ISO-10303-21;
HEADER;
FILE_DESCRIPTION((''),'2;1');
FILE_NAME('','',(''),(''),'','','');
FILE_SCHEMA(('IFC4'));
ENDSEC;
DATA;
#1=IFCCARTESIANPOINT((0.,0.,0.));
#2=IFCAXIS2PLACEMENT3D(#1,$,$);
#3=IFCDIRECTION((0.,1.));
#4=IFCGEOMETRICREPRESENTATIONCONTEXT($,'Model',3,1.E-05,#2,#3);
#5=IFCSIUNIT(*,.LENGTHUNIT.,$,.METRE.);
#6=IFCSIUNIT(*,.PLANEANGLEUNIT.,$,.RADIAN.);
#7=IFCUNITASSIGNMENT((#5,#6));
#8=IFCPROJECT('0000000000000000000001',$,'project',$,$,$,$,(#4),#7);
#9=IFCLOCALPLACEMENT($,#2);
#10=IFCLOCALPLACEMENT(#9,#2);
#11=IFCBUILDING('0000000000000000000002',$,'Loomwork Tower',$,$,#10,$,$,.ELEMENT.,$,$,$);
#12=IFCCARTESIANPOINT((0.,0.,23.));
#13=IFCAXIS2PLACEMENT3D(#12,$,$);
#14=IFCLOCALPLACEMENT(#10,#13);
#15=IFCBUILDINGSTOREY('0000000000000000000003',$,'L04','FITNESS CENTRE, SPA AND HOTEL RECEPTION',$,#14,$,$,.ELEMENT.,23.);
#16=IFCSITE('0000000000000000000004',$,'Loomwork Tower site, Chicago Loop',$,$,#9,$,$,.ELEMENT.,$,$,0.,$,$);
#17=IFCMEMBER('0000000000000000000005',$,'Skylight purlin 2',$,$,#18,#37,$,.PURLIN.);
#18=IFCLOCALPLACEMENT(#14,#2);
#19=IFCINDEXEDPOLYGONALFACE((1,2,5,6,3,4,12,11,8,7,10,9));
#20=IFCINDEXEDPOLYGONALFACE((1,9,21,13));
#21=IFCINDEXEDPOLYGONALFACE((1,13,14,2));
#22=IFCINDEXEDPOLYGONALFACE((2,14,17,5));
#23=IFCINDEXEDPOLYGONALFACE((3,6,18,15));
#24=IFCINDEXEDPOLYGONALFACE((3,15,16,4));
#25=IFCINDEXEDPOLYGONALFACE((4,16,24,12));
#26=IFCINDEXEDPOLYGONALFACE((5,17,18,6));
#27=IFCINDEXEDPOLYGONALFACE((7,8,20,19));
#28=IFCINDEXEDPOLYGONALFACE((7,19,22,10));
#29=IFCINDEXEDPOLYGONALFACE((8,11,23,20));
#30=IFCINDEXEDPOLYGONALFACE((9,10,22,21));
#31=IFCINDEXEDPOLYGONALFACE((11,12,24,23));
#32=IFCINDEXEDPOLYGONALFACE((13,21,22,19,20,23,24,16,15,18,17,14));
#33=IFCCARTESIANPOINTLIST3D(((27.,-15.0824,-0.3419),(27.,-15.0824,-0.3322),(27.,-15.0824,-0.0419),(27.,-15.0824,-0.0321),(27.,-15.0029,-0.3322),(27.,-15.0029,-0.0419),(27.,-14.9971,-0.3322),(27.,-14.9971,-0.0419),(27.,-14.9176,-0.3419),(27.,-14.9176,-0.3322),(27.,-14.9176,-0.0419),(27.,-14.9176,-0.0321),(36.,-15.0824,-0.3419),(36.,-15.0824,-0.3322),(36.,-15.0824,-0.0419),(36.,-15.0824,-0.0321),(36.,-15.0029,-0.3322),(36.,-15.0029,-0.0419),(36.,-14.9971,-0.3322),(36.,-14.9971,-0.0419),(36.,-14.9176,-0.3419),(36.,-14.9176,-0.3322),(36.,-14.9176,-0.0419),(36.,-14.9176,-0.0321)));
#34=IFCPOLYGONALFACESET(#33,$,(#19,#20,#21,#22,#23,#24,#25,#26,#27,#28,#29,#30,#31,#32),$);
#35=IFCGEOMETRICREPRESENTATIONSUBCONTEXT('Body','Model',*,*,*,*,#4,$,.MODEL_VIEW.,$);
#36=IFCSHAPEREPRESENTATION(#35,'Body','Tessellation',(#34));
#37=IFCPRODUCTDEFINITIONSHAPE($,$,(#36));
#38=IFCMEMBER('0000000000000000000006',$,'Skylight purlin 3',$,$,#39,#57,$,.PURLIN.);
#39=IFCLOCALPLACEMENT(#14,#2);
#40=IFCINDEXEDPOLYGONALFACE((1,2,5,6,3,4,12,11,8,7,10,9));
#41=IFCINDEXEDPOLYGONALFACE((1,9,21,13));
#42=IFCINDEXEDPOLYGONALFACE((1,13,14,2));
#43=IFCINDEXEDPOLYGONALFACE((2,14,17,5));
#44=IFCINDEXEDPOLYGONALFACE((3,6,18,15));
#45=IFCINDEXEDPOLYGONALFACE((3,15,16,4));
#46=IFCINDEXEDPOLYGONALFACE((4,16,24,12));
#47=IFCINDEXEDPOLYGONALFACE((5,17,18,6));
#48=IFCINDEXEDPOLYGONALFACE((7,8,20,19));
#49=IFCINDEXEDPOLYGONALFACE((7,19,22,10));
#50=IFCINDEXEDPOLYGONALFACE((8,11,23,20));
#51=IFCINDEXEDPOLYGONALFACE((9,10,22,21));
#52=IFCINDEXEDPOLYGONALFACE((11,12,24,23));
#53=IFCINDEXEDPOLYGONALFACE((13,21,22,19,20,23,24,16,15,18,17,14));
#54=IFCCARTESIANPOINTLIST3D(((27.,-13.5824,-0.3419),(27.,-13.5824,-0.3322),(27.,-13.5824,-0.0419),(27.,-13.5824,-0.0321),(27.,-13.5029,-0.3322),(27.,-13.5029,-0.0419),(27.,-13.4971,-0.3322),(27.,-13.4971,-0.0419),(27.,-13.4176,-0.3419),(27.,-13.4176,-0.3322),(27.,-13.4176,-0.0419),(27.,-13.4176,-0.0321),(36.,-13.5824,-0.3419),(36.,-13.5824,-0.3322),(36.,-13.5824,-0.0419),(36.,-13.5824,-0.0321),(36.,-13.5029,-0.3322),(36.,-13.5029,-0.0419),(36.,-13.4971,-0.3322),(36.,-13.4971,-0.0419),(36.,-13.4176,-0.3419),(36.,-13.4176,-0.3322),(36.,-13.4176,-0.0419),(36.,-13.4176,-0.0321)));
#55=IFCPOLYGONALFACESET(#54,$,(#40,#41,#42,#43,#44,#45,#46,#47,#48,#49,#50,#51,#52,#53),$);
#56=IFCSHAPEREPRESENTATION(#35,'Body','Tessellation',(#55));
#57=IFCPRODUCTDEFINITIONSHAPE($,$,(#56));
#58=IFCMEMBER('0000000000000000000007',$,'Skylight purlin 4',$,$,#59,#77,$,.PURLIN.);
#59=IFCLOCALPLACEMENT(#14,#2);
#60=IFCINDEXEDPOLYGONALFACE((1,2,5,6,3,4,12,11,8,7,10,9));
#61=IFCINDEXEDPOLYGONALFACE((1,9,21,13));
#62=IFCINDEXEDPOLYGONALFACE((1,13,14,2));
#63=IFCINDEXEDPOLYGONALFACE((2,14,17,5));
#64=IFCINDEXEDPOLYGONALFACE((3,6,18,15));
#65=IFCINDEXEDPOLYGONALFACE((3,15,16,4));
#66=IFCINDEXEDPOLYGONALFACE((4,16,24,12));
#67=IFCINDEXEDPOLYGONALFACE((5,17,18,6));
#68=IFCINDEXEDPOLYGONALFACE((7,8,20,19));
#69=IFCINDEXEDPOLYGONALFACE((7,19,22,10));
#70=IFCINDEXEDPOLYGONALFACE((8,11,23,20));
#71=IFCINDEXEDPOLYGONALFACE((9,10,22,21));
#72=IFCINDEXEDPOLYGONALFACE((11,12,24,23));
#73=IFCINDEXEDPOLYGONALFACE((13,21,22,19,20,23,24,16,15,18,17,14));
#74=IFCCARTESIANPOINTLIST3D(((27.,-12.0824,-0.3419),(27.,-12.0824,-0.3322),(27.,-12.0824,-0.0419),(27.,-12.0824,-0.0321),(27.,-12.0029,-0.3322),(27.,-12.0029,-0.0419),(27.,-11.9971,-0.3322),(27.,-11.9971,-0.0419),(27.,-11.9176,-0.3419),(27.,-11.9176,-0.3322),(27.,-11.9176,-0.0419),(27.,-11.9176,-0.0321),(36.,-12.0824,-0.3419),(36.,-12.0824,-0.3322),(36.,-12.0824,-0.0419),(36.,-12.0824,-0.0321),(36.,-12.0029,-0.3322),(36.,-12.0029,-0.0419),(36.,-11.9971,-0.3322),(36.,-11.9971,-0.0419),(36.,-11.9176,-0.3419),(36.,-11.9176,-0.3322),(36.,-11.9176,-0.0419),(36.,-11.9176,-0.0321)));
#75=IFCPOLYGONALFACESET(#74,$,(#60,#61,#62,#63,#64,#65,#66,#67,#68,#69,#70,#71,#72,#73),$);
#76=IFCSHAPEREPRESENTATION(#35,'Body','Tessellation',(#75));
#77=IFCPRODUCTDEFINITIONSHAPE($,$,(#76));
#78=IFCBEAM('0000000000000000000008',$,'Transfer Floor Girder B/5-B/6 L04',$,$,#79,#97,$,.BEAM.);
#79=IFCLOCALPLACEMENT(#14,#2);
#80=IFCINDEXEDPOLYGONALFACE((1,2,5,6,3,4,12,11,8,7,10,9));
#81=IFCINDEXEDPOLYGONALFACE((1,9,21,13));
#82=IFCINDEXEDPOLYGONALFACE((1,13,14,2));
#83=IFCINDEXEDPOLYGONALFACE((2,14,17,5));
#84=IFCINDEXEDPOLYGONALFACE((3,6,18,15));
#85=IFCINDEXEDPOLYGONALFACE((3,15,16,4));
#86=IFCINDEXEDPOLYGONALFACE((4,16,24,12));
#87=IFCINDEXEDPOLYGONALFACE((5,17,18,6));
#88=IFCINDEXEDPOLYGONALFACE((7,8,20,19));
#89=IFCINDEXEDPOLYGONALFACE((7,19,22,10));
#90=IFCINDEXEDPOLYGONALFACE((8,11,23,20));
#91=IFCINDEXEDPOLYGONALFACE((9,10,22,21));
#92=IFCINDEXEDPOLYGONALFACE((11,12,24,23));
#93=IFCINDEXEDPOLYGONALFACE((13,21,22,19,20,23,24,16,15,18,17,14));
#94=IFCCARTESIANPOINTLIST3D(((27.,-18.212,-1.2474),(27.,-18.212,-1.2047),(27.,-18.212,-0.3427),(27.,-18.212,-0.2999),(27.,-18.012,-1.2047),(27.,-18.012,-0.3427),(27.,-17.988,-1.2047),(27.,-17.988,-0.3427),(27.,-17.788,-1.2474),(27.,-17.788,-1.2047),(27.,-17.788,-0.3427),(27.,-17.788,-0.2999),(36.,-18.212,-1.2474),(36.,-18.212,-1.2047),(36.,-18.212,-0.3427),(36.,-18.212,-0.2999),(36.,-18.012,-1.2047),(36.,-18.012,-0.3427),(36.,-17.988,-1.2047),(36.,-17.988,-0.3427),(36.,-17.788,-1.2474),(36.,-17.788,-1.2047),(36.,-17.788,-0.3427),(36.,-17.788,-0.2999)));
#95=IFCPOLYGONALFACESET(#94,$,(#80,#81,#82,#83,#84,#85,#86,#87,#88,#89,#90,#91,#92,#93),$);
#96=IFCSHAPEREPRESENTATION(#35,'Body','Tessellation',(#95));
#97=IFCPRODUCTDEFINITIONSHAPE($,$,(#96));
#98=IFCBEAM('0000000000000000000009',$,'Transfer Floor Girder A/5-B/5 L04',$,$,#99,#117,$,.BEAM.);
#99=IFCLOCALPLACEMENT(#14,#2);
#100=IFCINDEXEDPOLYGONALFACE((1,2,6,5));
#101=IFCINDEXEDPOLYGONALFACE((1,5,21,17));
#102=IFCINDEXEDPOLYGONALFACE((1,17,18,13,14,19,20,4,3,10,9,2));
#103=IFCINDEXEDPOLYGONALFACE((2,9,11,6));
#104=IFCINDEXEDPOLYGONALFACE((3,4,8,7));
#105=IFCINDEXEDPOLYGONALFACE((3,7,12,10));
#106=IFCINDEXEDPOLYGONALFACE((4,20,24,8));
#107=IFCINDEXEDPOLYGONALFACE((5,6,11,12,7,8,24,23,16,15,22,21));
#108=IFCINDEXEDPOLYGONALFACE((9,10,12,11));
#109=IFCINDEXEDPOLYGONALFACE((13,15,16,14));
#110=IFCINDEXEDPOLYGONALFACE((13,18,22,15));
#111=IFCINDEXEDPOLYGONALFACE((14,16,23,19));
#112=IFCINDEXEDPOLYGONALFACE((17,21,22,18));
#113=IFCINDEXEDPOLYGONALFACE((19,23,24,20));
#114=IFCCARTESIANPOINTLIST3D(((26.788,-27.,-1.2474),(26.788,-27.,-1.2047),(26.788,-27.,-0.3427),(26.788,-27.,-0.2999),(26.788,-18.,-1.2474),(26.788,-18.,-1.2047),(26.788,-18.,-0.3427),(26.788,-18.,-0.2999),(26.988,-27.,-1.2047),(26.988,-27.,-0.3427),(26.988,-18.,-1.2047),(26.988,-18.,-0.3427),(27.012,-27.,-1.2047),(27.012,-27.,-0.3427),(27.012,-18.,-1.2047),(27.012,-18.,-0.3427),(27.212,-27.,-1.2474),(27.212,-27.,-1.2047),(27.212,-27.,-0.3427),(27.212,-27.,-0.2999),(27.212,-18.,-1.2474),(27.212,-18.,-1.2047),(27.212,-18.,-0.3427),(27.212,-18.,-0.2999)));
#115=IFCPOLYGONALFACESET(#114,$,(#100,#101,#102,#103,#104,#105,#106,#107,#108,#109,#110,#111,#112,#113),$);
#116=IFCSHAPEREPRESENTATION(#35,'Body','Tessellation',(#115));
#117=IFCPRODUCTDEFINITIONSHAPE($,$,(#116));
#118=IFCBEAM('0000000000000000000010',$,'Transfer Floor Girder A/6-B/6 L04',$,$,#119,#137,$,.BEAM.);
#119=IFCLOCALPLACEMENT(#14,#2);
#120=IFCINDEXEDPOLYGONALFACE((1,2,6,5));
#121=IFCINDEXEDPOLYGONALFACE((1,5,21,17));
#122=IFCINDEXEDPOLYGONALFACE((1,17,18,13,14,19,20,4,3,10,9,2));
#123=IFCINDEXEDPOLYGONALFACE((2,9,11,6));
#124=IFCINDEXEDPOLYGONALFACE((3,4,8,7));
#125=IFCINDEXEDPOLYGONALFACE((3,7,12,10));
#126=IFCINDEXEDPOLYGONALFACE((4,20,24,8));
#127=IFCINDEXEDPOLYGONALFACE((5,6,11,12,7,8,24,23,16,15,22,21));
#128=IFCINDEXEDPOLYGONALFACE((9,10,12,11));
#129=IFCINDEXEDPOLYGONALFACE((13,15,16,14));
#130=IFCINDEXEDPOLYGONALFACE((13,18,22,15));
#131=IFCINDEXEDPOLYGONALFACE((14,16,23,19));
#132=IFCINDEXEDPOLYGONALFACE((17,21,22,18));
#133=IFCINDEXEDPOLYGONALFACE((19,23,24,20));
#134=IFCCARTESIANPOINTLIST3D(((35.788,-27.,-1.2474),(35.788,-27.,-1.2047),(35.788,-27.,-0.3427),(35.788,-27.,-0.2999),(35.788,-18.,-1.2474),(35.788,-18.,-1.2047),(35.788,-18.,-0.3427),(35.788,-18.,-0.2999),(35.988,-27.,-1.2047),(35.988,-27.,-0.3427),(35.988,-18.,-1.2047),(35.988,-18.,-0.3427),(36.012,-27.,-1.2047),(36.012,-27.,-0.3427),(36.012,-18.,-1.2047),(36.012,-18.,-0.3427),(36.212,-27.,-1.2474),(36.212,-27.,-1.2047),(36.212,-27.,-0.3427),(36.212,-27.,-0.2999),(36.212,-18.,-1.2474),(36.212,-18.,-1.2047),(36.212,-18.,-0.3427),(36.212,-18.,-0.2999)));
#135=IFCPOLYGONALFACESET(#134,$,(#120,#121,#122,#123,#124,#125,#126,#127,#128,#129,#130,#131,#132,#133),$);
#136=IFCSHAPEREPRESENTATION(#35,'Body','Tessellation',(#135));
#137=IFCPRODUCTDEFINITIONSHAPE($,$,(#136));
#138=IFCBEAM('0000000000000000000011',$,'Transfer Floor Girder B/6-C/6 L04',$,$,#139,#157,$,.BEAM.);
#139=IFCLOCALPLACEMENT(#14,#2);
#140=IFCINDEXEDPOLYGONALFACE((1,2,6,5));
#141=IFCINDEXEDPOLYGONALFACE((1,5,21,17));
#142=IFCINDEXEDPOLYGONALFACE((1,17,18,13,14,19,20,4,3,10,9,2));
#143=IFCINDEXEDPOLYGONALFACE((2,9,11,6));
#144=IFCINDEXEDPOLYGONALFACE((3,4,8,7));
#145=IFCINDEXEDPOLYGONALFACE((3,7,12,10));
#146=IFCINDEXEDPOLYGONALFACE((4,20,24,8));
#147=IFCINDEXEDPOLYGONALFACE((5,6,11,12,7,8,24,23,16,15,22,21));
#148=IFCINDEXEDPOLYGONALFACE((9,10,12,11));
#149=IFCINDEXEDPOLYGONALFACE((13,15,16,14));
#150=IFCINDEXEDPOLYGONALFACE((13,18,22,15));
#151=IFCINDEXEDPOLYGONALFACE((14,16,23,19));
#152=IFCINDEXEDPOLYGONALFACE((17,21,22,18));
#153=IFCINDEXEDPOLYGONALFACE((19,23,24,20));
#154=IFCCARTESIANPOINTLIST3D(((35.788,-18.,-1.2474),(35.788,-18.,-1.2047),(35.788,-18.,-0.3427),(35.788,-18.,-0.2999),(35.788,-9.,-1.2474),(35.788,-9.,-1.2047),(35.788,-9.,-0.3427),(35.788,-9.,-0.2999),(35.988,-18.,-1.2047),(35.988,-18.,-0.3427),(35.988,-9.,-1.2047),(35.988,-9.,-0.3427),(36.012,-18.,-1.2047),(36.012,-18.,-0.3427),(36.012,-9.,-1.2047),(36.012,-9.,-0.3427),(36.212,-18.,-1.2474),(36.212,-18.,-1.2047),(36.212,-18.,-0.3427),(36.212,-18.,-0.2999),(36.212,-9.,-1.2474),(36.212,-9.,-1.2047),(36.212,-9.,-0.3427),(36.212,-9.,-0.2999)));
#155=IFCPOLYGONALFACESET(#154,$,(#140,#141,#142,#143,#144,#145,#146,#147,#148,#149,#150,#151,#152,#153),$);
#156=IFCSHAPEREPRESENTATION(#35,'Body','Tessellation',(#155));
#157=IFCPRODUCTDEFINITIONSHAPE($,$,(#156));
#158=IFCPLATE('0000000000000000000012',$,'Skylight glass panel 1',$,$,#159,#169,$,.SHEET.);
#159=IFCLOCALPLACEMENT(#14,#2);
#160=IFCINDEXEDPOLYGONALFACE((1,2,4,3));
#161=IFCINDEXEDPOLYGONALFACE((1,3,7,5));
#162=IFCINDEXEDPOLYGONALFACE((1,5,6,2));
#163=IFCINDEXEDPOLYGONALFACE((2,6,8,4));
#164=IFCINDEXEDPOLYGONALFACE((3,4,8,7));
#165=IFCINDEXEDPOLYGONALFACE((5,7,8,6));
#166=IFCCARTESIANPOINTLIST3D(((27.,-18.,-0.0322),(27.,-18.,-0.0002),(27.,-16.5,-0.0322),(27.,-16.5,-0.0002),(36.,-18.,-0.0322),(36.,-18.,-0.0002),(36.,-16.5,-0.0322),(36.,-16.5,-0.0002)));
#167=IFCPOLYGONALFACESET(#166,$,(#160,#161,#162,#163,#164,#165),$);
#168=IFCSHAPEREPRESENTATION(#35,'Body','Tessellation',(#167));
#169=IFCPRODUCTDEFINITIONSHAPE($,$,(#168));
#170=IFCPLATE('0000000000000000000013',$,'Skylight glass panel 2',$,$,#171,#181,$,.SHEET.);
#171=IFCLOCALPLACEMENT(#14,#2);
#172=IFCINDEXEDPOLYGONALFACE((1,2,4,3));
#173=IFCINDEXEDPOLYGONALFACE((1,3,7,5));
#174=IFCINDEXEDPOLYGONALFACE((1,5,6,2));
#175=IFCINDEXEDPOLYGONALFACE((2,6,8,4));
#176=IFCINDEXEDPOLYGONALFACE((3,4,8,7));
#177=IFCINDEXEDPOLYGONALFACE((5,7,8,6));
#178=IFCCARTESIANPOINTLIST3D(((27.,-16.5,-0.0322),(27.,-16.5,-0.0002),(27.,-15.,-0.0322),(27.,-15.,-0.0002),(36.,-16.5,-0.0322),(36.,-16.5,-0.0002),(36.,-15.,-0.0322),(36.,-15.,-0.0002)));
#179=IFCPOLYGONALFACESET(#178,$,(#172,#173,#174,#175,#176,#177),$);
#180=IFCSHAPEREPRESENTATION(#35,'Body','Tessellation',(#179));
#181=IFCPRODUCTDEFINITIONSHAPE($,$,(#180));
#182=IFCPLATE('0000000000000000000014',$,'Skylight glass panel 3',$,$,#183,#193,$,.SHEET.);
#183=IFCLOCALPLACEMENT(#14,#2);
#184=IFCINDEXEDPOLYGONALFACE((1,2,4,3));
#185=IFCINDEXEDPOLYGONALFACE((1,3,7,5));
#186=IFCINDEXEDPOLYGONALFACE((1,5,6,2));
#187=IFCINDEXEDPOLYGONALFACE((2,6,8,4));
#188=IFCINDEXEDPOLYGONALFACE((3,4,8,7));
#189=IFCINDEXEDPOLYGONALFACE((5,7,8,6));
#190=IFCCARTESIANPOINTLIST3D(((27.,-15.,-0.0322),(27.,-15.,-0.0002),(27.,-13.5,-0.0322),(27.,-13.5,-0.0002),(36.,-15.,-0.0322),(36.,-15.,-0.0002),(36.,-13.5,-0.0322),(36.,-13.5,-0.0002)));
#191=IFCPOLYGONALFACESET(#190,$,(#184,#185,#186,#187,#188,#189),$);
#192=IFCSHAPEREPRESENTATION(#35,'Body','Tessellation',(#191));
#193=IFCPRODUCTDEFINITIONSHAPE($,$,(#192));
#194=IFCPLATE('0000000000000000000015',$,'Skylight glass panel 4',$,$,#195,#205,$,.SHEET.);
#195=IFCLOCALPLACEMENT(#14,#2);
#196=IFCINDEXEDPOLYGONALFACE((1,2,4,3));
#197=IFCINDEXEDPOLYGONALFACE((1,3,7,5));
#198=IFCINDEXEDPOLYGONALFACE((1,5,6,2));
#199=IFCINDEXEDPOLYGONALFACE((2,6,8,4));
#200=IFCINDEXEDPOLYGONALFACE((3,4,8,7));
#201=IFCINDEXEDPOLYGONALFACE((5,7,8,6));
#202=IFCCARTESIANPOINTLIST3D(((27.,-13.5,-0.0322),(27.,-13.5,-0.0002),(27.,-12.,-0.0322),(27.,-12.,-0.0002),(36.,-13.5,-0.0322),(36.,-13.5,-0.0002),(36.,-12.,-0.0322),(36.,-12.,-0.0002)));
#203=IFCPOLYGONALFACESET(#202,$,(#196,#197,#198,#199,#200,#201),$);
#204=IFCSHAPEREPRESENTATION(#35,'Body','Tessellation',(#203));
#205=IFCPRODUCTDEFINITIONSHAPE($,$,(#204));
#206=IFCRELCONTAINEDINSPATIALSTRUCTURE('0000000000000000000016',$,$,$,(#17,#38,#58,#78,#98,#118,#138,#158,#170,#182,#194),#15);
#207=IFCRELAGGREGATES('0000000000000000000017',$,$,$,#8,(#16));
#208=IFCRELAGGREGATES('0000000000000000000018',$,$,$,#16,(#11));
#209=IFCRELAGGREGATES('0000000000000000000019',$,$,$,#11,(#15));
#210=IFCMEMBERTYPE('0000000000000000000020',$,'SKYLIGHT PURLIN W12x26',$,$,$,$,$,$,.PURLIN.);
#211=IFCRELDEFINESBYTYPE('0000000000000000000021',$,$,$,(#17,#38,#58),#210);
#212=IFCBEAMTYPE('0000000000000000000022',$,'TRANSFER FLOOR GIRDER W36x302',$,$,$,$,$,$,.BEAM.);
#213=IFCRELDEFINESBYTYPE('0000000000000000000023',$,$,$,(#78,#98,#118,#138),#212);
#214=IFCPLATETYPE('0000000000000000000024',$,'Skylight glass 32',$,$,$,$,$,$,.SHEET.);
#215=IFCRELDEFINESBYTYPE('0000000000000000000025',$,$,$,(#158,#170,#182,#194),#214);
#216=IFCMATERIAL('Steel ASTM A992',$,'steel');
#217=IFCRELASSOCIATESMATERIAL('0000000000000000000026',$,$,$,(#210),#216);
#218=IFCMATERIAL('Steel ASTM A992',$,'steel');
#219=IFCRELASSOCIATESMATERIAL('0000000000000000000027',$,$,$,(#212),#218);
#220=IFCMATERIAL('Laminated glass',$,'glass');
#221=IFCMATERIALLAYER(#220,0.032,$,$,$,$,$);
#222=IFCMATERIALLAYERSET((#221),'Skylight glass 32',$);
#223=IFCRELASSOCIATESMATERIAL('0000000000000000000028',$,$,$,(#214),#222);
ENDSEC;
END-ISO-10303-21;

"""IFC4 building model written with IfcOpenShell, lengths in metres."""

from ifc_helpers import new_model, si_unit, direction, frame, origin, origin_2d, place, context, subcontext, project, spatial, rectangle, i_section, extrude, material, layer, layer_set, material_profile, profile_set, type_object, element, save


model = new_model("IFC4")

# Units and contexts
model_context = context("Model", 3, precision=1e-05, world=origin(), true_north=direction((0.0, 1.0)))
body_context = subcontext(model_context, "Body", "Model", "MODEL_VIEW")
ifc_project = project(units=[si_unit("LENGTHUNIT", "METRE"), si_unit("PLANEANGLEUNIT", "RADIAN")], contexts=[model_context])

# Site, building, storey
site_placement = place(None, origin())
site = spatial("IfcSite", under=ifc_project, at=site_placement, Name="Loomwork Tower site, Chicago Loop", CompositionType="ELEMENT", RefElevation=0.0)
building_placement = place(site_placement, origin())
building = spatial("IfcBuilding", under=site, at=building_placement, Name="Loomwork Tower", CompositionType="ELEMENT")
storey_placement = place(building_placement, frame((0.0, 0.0, 23.0)))
storey = spatial("IfcBuildingStorey", under=building, at=storey_placement, Name="L04", Description="FITNESS CENTRE, SPA AND HOTEL RECEPTION", CompositionType="ELEMENT", Elevation=23.0)

# Members
ifc_material_1 = material(Name="Steel ASTM A992", Category="steel")
ifc_material_profile_1 = material_profile(ifc_material_1, i_section(OverallWidth=0.1648, OverallDepth=0.3098, WebThickness=0.0059, FlangeThickness=0.0098, at=origin_2d()), Name="W12x26")
ifc_profile_set_1 = profile_set([ifc_material_profile_1], Name="Steel ASTM A992")
member_type = type_object("IfcMemberType", Name="SKYLIGHT PURLIN W12x26", PredefinedType="PURLIN", material=ifc_profile_set_1)
for number, where, z_axis, x_axis, name in (
    (1, (27.0, -15.0, -0.187), (1.0, 0.0, 0.0), (0.0, 1.0, 0.0), "Skylight purlin 2"),
    (2, (27.0, -13.5, -0.187), (1.0, 0.0, 0.0), (0.0, 1.0, 0.0), "Skylight purlin 3"),
    (3, (27.0, -12.0, -0.187), (1.0, 0.0, 0.0), (0.0, 1.0, 0.0), "Skylight purlin 4"),
):
    element("IfcMember", number, at=place(storey_placement, frame(where, z_axis=z_axis, x_axis=x_axis)), inside=storey, type_object=member_type, Name=name, PredefinedType="PURLIN", context=body_context, shape_type="SweptSolid", body=[
        extrude(i_section(OverallWidth=0.1648, OverallDepth=0.3098, WebThickness=0.0059, FlangeThickness=0.0098, at=origin_2d()), origin(), (0.0, 0.0, 1.0), 9.0),
    ])

# Beams
ifc_material_2 = material(Name="Steel ASTM A992", Category="steel")
ifc_material_profile_2 = material_profile(ifc_material_2, i_section(OverallWidth=0.4241, OverallDepth=0.9475, WebThickness=0.0239, FlangeThickness=0.0427, at=origin_2d()), Name="W36x302")
ifc_profile_set_2 = profile_set([ifc_material_profile_2], Name="Steel ASTM A992")
beam_type_1 = type_object("IfcBeamType", Name="TRANSFER FLOOR GIRDER W36x302", PredefinedType="BEAM", material=ifc_profile_set_2)
for number, where, z_axis, x_axis, name in (
    (4, (27.0, -18.0, -0.7737), (1.0, 0.0, 0.0), (0.0, 1.0, 0.0), "Transfer Floor Girder B/5-B/6 L04"),
    (5, (27.0, -27.0, -0.7737), (0.0, 1.0, 0.0), (-1.0, 0.0, 0.0), "Transfer Floor Girder A/5-B/5 L04"),
    (6, (36.0, -27.0, -0.7737), (0.0, 1.0, 0.0), (-1.0, 0.0, 0.0), "Transfer Floor Girder A/6-B/6 L04"),
    (7, (36.0, -18.0, -0.7737), (0.0, 1.0, 0.0), (-1.0, 0.0, 0.0), "Transfer Floor Girder B/6-C/6 L04"),
):
    element("IfcBeam", number, at=place(storey_placement, frame(where, z_axis=z_axis, x_axis=x_axis)), inside=storey, type_object=beam_type_1, Name=name, PredefinedType="BEAM", context=body_context, shape_type="SweptSolid", body=[
        extrude(i_section(OverallWidth=0.4241, OverallDepth=0.9475, WebThickness=0.0239, FlangeThickness=0.0427, at=origin_2d()), origin(), (0.0, 0.0, 1.0), 9.0),
    ])

# Plates
ifc_material_3 = material(Name="Laminated glass", Category="glass")
ifc_layer = layer(ifc_material_3, 0.032)
ifc_layer_set = layer_set([ifc_layer], Name="Skylight glass 32")
plate_type = type_object("IfcPlateType", Name="Skylight glass 32", PredefinedType="SHEET", material=ifc_layer_set)
for number, where, z_axis, x_axis, name in (
    (8, (31.5, -17.25, -0.0322), (0.0, 0.0, 1.0), (1.0, 0.0, 0.0), "Skylight glass panel 1"),
    (9, (31.5, -15.75, -0.0322), (0.0, 0.0, 1.0), (1.0, 0.0, 0.0), "Skylight glass panel 2"),
    (10, (31.5, -14.25, -0.0322), (0.0, 0.0, 1.0), (1.0, 0.0, 0.0), "Skylight glass panel 3"),
    (11, (31.5, -12.75, -0.0322), (0.0, 0.0, 1.0), (1.0, 0.0, 0.0), "Skylight glass panel 4"),
):
    element("IfcPlate", number, at=place(storey_placement, frame(where, z_axis=z_axis, x_axis=x_axis)), inside=storey, type_object=plate_type, Name=name, PredefinedType="SHEET", context=body_context, shape_type="SweptSolid", body=[
        extrude(rectangle(XDim=9.0, YDim=1.5, at=origin_2d()), origin(), (0.0, 0.0, 1.0), 0.032),
    ])

save(model, "model.ifc")
